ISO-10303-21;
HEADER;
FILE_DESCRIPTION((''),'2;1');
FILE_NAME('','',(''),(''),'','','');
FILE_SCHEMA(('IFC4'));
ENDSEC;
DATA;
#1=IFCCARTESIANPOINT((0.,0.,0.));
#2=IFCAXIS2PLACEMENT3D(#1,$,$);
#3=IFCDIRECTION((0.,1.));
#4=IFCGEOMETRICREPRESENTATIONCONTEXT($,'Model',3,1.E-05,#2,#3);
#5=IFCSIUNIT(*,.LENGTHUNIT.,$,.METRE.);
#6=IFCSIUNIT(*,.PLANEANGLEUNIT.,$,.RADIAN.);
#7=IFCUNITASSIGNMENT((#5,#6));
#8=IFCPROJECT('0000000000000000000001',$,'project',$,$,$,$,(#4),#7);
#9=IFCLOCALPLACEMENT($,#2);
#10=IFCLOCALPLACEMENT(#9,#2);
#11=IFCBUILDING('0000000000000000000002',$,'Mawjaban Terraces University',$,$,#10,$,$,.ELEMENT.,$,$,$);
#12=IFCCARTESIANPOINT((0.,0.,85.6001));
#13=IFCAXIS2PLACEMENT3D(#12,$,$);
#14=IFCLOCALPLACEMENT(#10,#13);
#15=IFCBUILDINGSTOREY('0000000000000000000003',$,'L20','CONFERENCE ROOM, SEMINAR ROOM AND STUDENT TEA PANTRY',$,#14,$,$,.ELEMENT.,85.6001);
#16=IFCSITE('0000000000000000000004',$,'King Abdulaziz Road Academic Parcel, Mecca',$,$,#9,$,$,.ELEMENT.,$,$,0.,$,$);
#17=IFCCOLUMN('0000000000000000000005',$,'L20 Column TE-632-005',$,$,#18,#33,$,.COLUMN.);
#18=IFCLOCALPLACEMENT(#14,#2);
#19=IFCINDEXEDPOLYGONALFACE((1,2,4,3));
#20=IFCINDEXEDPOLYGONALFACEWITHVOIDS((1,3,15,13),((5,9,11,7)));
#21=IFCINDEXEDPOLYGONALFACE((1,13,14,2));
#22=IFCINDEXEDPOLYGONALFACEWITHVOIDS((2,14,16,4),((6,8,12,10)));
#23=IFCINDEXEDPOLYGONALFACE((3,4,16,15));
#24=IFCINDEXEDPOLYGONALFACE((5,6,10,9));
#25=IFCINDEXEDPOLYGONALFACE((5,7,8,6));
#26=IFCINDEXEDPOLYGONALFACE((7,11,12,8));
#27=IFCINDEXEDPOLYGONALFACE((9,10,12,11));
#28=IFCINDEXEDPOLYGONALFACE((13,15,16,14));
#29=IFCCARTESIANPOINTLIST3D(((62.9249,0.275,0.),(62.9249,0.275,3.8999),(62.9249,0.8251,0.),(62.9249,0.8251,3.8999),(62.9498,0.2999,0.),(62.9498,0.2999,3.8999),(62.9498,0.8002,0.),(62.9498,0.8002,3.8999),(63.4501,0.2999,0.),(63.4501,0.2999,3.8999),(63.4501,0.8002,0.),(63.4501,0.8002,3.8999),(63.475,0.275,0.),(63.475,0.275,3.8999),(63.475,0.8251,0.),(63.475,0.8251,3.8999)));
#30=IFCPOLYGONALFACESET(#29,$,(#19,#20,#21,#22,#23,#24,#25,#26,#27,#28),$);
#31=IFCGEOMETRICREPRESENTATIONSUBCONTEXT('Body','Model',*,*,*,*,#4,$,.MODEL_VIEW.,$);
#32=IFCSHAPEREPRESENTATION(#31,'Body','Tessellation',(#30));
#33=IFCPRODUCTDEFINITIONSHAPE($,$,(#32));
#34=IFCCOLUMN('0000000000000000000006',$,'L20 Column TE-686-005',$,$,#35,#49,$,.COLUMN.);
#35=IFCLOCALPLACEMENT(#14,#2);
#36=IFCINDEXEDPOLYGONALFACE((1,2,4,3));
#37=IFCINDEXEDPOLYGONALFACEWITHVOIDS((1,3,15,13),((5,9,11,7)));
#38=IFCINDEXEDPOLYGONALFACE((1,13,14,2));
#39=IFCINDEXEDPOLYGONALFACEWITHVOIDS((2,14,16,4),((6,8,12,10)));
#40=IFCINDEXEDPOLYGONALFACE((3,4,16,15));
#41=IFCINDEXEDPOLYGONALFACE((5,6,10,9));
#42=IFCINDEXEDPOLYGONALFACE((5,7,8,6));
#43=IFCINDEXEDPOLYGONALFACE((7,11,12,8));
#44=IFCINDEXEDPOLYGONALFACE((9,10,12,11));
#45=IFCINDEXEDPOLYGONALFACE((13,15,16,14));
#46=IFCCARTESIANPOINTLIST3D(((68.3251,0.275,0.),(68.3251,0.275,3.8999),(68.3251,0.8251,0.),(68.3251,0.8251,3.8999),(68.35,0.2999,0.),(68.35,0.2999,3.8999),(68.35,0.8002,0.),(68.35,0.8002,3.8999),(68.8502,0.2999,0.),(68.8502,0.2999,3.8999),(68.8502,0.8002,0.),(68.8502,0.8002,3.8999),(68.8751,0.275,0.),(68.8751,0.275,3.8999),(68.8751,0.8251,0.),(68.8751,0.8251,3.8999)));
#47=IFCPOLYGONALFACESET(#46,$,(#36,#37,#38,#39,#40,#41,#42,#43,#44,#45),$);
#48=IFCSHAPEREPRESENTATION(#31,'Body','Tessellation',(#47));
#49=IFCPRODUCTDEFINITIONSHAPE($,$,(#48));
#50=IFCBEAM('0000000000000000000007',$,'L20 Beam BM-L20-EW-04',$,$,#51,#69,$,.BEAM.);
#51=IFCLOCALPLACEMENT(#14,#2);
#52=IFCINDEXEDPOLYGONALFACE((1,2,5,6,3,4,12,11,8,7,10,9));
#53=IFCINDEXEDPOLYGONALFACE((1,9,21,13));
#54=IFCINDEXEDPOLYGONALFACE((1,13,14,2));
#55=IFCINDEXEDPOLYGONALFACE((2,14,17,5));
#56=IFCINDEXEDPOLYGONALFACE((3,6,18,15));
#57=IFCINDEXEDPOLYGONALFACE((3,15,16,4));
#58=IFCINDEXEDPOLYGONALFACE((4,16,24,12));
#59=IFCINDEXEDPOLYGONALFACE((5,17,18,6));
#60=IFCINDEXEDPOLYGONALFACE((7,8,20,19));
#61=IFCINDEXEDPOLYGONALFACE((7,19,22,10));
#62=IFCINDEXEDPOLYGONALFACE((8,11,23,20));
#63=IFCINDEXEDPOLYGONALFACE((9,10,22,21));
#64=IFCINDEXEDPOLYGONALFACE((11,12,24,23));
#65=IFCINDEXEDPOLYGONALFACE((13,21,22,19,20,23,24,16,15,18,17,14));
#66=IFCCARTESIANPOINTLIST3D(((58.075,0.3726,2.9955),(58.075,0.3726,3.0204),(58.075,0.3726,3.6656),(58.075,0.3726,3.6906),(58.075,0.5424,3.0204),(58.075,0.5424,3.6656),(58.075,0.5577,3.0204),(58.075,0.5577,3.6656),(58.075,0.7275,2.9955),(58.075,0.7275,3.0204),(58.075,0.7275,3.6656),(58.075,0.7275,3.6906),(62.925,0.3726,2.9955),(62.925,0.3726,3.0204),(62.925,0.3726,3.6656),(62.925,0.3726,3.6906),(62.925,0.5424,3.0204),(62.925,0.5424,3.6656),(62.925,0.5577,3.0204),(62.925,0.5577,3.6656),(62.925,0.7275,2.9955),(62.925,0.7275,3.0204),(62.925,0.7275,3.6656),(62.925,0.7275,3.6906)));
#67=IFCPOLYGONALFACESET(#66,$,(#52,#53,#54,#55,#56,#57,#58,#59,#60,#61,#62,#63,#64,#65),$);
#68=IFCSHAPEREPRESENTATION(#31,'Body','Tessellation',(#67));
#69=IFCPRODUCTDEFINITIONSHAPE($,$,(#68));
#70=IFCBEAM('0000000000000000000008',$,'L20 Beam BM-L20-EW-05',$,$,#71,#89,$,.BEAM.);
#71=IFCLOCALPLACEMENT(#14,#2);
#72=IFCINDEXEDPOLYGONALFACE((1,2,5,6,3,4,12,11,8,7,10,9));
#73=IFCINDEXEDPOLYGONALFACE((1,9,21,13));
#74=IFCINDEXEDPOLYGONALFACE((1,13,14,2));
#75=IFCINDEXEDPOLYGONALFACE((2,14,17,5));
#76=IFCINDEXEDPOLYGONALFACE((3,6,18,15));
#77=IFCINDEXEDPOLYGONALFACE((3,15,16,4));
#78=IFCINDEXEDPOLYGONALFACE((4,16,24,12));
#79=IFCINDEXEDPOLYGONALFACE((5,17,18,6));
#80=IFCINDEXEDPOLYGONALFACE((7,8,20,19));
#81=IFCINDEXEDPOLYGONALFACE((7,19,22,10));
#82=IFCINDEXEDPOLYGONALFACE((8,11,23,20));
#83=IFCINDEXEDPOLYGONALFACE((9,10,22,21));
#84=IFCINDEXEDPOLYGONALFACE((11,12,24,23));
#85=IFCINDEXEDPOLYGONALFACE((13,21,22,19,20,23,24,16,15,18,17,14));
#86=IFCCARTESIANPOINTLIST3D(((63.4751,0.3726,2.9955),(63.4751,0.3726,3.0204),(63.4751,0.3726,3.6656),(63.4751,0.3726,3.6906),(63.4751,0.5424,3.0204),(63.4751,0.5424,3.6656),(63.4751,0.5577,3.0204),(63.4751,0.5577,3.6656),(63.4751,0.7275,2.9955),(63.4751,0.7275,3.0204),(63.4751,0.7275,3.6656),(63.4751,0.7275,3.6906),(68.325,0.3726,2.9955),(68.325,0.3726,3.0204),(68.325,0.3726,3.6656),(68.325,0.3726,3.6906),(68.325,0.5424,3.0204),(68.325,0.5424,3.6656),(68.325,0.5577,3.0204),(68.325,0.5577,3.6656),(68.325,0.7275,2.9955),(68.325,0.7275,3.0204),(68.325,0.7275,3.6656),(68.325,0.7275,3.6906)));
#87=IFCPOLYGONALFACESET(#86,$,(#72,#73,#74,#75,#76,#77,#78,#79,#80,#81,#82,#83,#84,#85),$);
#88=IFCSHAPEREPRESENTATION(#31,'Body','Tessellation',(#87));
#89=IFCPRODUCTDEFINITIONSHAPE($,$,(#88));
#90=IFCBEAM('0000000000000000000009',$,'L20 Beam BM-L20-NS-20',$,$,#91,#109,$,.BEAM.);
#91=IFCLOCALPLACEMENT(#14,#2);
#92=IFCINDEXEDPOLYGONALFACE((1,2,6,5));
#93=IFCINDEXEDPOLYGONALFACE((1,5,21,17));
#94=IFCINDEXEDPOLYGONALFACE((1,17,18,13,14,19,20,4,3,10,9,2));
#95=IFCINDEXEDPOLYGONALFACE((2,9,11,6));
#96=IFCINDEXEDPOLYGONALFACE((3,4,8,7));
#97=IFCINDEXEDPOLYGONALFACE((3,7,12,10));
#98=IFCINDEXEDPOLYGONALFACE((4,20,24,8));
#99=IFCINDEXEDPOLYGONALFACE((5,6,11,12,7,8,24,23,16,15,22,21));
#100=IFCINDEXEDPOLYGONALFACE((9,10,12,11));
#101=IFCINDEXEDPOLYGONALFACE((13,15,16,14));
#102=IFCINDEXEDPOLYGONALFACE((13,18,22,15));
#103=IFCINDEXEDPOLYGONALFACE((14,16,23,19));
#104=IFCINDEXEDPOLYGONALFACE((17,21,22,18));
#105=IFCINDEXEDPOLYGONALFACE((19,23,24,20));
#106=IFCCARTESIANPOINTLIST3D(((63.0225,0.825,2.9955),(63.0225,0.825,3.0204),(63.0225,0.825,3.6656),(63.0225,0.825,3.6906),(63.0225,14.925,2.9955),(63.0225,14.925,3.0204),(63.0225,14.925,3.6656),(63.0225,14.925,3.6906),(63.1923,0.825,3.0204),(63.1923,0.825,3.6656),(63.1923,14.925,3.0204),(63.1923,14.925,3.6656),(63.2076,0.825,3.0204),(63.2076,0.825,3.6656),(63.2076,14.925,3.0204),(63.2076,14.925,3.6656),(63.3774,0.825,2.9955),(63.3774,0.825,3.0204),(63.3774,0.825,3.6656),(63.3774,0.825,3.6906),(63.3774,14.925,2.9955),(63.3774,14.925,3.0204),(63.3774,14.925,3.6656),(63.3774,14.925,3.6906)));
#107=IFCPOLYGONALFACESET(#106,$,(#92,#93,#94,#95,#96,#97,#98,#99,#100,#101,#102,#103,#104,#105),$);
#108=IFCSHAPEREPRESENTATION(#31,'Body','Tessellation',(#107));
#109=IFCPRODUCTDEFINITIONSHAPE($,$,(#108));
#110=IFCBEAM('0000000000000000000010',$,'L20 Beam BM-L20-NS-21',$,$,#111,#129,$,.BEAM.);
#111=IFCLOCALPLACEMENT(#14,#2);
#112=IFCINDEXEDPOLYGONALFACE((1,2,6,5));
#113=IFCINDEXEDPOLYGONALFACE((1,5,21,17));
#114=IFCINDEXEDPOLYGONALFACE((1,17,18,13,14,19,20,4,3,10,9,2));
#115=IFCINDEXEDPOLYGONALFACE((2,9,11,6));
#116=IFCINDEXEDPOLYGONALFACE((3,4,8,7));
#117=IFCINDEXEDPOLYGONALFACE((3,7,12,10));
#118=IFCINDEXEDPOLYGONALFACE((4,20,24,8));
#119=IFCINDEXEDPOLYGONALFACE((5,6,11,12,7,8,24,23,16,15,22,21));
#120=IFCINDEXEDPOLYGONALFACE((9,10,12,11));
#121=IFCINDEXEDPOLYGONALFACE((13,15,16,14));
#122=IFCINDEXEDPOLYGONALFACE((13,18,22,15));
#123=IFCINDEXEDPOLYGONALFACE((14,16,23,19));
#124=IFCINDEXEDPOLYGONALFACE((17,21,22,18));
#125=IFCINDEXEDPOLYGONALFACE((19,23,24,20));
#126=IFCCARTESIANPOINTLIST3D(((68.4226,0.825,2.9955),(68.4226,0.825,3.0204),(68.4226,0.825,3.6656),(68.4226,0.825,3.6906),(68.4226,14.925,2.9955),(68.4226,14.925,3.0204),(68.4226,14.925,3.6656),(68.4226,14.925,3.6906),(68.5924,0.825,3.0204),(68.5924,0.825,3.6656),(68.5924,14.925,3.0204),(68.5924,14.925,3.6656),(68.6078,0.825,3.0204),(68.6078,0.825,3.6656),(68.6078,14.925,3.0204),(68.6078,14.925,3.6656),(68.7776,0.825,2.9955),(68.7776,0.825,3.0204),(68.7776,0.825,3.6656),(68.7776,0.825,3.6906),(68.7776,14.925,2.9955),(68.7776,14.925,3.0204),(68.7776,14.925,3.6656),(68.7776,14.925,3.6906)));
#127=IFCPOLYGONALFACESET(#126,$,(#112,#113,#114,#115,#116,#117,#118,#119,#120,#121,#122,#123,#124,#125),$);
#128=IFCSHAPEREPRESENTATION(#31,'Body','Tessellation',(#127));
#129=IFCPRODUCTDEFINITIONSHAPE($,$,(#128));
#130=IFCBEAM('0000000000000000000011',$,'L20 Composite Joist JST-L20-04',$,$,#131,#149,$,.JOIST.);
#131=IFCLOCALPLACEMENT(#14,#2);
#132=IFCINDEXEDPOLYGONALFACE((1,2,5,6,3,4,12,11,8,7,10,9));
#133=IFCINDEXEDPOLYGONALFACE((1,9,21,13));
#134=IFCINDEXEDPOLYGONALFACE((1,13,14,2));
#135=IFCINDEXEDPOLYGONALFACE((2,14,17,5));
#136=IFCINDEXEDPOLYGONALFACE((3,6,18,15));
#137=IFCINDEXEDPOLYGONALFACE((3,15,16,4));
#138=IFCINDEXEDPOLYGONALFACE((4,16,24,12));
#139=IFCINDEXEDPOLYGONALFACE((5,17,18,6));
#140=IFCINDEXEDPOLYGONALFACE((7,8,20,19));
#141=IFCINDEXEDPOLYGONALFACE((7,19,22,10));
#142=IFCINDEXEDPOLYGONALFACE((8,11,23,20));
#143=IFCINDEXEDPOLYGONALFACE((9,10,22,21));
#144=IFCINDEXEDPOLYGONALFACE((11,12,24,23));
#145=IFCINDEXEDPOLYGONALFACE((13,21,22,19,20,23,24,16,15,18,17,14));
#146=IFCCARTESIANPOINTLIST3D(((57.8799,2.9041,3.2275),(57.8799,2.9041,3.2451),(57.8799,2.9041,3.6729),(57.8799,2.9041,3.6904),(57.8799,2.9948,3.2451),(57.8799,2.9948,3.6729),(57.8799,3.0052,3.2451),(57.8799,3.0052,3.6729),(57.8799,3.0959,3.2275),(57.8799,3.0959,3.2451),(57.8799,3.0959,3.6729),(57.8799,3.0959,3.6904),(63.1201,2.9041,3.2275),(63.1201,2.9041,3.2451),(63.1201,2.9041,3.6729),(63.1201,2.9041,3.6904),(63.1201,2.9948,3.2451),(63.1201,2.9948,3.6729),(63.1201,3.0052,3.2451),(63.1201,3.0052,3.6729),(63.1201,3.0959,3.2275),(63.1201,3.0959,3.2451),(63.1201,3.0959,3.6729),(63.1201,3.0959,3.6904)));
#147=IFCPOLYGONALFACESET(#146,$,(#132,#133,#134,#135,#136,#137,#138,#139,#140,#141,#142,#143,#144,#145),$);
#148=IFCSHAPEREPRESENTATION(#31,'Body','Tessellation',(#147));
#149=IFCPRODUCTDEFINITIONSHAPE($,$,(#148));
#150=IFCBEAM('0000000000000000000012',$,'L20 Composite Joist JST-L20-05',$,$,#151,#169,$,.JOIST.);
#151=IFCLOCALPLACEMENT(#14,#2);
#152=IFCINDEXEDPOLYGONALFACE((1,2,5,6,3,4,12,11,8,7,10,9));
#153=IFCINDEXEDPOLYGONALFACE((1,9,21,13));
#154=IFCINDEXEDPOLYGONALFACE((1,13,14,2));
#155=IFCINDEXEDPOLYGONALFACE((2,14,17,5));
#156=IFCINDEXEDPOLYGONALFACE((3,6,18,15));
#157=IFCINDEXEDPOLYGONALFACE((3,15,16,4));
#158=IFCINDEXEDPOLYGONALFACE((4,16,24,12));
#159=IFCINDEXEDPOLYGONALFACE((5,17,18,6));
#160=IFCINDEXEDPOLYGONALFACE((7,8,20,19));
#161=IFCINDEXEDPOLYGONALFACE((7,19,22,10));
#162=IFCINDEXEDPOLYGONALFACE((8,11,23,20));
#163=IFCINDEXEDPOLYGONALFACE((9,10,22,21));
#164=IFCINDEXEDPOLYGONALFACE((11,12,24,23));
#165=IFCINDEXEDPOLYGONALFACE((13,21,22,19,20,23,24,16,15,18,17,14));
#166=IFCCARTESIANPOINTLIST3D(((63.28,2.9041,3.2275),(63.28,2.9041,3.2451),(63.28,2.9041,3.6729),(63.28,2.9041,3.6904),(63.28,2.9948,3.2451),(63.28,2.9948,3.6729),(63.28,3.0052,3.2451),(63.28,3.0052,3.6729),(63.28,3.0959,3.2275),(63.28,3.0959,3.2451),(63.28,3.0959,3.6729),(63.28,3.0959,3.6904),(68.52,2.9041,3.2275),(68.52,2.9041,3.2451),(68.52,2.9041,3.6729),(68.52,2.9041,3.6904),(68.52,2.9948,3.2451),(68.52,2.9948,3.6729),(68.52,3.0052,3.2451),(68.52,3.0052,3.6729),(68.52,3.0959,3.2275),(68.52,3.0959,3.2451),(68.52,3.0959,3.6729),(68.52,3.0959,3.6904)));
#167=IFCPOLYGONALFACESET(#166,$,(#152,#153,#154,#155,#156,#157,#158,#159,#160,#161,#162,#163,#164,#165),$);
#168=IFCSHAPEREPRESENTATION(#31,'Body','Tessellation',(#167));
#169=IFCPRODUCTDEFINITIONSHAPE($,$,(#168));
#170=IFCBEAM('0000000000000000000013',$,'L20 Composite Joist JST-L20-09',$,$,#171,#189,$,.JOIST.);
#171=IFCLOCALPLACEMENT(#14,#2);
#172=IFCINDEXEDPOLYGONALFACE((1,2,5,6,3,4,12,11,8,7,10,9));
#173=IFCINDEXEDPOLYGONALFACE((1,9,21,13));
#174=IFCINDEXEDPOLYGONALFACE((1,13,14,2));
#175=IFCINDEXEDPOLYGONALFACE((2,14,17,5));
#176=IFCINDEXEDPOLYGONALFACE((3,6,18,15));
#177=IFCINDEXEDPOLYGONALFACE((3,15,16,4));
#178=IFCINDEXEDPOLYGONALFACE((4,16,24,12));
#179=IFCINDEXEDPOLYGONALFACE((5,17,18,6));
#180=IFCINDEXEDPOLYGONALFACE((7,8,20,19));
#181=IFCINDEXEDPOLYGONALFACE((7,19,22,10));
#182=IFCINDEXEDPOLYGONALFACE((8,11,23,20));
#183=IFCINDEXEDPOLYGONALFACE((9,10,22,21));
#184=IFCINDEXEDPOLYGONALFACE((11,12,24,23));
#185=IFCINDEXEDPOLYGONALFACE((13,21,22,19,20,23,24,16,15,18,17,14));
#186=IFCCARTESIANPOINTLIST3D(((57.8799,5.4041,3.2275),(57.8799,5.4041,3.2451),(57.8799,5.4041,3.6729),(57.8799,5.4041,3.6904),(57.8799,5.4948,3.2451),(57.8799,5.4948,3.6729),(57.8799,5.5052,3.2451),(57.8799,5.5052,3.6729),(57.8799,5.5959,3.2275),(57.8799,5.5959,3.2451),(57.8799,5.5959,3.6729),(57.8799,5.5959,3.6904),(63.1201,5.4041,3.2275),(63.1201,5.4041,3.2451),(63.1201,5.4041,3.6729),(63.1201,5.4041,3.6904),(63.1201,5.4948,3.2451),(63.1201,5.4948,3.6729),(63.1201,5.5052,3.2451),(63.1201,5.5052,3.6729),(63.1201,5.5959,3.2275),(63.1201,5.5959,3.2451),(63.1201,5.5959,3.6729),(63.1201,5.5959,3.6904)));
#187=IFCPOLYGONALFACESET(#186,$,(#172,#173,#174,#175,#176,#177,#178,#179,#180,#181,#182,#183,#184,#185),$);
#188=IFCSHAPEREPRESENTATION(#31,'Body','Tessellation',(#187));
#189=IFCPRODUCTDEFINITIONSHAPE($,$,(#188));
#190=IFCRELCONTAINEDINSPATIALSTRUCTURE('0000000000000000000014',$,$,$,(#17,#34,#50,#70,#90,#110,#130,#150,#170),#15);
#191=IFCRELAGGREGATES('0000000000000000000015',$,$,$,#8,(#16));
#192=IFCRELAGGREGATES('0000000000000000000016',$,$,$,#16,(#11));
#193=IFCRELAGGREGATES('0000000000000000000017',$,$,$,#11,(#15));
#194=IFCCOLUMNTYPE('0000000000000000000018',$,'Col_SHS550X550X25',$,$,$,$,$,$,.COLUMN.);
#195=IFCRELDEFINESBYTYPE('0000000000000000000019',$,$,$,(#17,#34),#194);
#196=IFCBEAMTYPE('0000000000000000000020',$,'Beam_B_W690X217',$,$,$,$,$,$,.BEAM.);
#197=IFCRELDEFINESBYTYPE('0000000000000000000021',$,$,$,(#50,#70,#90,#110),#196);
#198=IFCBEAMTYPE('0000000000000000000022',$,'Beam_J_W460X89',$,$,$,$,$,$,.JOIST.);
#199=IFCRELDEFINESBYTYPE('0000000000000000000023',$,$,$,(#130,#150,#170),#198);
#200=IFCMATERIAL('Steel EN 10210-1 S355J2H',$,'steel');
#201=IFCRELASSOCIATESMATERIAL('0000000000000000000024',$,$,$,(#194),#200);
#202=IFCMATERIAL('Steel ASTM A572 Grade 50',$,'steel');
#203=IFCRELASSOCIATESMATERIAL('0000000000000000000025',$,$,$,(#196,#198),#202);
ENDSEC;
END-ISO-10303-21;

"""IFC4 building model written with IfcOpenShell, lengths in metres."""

from ifc_helpers import new_model, si_unit, direction, frame, origin, origin_2d, place, context, subcontext, project, spatial, hollow_rectangle, i_section, extrude, material, material_profile, profile_set, type_object, element, save


model = new_model("IFC4")

# Units and contexts
model_context = context("Model", 3, precision=1e-05, world=origin(), true_north=direction((0.0, 1.0)))
body_context = subcontext(model_context, "Body", "Model", "MODEL_VIEW")
ifc_project = project(units=[si_unit("LENGTHUNIT", "METRE"), si_unit("PLANEANGLEUNIT", "RADIAN")], contexts=[model_context])

# Site, building, storey
site_placement = place(None, origin())
site = spatial("IfcSite", under=ifc_project, at=site_placement, Name="King Abdulaziz Road Academic Parcel, Mecca", CompositionType="ELEMENT", RefElevation=0.0)
building_placement = place(site_placement, origin())
building = spatial("IfcBuilding", under=site, at=building_placement, Name="Mawjaban Terraces University", CompositionType="ELEMENT")
storey_placement = place(building_placement, frame((0.0, 0.0, 85.6001)))
storey = spatial("IfcBuildingStorey", under=building, at=storey_placement, Name="L20", Description="CONFERENCE ROOM, SEMINAR ROOM AND STUDENT TEA PANTRY", CompositionType="ELEMENT", Elevation=85.6001)

# Columns
ifc_material_1 = material(Name="Steel EN 10210-1 S355J2H", Category="steel")
ifc_material_profile_1 = material_profile(ifc_material_1, hollow_rectangle(XDim=0.55, YDim=0.55, WallThickness=0.0249, at=origin_2d()), Name="SHS550X550X25")
ifc_profile_set_1 = profile_set([ifc_material_profile_1], Name="Steel EN 10210-1 S355J2H")
column_type = type_object("IfcColumnType", Name="Col_SHS550X550X25", PredefinedType="COLUMN", material=ifc_profile_set_1)
for number, where, z_axis, x_axis, name in (
    (1, (63.2, 0.55, 0.0), (0.0, 0.0, 1.0), (1.0, 0.0, 0.0), "L20 Column TE-632-005"),
    (2, (68.6001, 0.55, 0.0), (0.0, 0.0, 1.0), (1.0, 0.0, 0.0), "L20 Column TE-686-005"),
):
    element("IfcColumn", number, at=place(storey_placement, frame(where, z_axis=z_axis, x_axis=x_axis)), inside=storey, type_object=column_type, Name=name, PredefinedType="COLUMN", context=body_context, shape_type="SweptSolid", body=[
        extrude(hollow_rectangle(XDim=0.55, YDim=0.55, WallThickness=0.0249, at=origin_2d()), origin(), (0.0, 0.0, 1.0), 3.8999),
    ])

# Beams
ifc_material_2 = material(Name="Steel ASTM A572 Grade 50", Category="steel")
ifc_material_profile_2 = material_profile(ifc_material_2, i_section(OverallWidth=0.355, OverallDepth=0.6951, WebThickness=0.0154, FlangeThickness=0.0249, at=origin_2d()), Name="W690X217")
ifc_profile_set_2 = profile_set([ifc_material_profile_2], Name="Steel ASTM A572 Grade 50")
beam_type_1 = type_object("IfcBeamType", Name="Beam_B_W690X217", PredefinedType="BEAM", material=ifc_profile_set_2)
beam_1_placement = place(storey_placement, frame((58.075, 0.55, 3.343), z_axis=(1.0, 0.0, 0.0), x_axis=(0.0, 1.0, 0.0)))
element("IfcBeam", 3, at=beam_1_placement, inside=storey, type_object=beam_type_1, Name="L20 Beam BM-L20-EW-04", PredefinedType="BEAM", context=body_context, shape_type="SweptSolid", body=[
    extrude(i_section(OverallWidth=0.355, OverallDepth=0.6951, WebThickness=0.0154, FlangeThickness=0.0249, at=origin_2d()), origin(), (0.0, 0.0, 1.0), 4.8501),
])
beam_2_placement = place(storey_placement, frame((63.4751, 0.55, 3.343), z_axis=(1.0, 0.0, 0.0), x_axis=(0.0, 1.0, 0.0)))
element("IfcBeam", 4, at=beam_2_placement, inside=storey, type_object=beam_type_1, Name="L20 Beam BM-L20-EW-05", PredefinedType="BEAM", context=body_context, shape_type="SweptSolid", body=[
    extrude(i_section(OverallWidth=0.355, OverallDepth=0.6951, WebThickness=0.0154, FlangeThickness=0.0249, at=origin_2d()), origin(), (0.0, 0.0, 1.0), 4.8499),
])
for number, where, z_axis, x_axis, name in (
    (5, (63.2, 0.825, 3.343), (0.0, 1.0, 0.0), (-1.0, 0.0, 0.0), "L20 Beam BM-L20-NS-20"),
    (6, (68.6001, 0.825, 3.343), (0.0, 1.0, 0.0), (-1.0, 0.0, 0.0), "L20 Beam BM-L20-NS-21"),
):
    element("IfcBeam", number, at=place(storey_placement, frame(where, z_axis=z_axis, x_axis=x_axis)), inside=storey, type_object=beam_type_1, Name=name, PredefinedType="BEAM", context=body_context, shape_type="SweptSolid", body=[
        extrude(i_section(OverallWidth=0.355, OverallDepth=0.6951, WebThickness=0.0154, FlangeThickness=0.0249, at=origin_2d()), origin(), (0.0, 0.0, 1.0), 14.1001),
    ])
ifc_material_profile_3 = material_profile(ifc_material_2, i_section(OverallWidth=0.1919, OverallDepth=0.4629, WebThickness=0.0105, FlangeThickness=0.0176, at=origin_2d()), Name="W460X89")
ifc_profile_set_3 = profile_set([ifc_material_profile_3], Name="Steel ASTM A572 Grade 50")
beam_type_2 = type_object("IfcBeamType", Name="Beam_J_W460X89", PredefinedType="JOIST", material=ifc_profile_set_3)
beam_3_placement = place(storey_placement, frame((57.8799, 3.0, 3.459), z_axis=(1.0, 0.0, 0.0), x_axis=(0.0, 1.0, 0.0)))
element("IfcBeam", 7, at=beam_3_placement, inside=storey, type_object=beam_type_2, Name="L20 Composite Joist JST-L20-04", PredefinedType="JOIST", context=body_context, shape_type="SweptSolid", body=[
    extrude(i_section(OverallWidth=0.1919, OverallDepth=0.4629, WebThickness=0.0105, FlangeThickness=0.0176, at=origin_2d()), origin(), (0.0, 0.0, 1.0), 5.2402),
])
beam_4_placement = place(storey_placement, frame((63.28, 3.0, 3.459), z_axis=(1.0, 0.0, 0.0), x_axis=(0.0, 1.0, 0.0)))
element("IfcBeam", 8, at=beam_4_placement, inside=storey, type_object=beam_type_2, Name="L20 Composite Joist JST-L20-05", PredefinedType="JOIST", context=body_context, shape_type="SweptSolid", body=[
    extrude(i_section(OverallWidth=0.1919, OverallDepth=0.4629, WebThickness=0.0105, FlangeThickness=0.0176, at=origin_2d()), origin(), (0.0, 0.0, 1.0), 5.24),
])
beam_5_placement = place(storey_placement, frame((57.8799, 5.5, 3.459), z_axis=(1.0, 0.0, 0.0), x_axis=(0.0, 1.0, 0.0)))
element("IfcBeam", 9, at=beam_5_placement, inside=storey, type_object=beam_type_2, Name="L20 Composite Joist JST-L20-09", PredefinedType="JOIST", context=body_context, shape_type="SweptSolid", body=[
    extrude(i_section(OverallWidth=0.1919, OverallDepth=0.4629, WebThickness=0.0105, FlangeThickness=0.0176, at=origin_2d()), origin(), (0.0, 0.0, 1.0), 5.2402),
])

save(model, "model.ifc")
